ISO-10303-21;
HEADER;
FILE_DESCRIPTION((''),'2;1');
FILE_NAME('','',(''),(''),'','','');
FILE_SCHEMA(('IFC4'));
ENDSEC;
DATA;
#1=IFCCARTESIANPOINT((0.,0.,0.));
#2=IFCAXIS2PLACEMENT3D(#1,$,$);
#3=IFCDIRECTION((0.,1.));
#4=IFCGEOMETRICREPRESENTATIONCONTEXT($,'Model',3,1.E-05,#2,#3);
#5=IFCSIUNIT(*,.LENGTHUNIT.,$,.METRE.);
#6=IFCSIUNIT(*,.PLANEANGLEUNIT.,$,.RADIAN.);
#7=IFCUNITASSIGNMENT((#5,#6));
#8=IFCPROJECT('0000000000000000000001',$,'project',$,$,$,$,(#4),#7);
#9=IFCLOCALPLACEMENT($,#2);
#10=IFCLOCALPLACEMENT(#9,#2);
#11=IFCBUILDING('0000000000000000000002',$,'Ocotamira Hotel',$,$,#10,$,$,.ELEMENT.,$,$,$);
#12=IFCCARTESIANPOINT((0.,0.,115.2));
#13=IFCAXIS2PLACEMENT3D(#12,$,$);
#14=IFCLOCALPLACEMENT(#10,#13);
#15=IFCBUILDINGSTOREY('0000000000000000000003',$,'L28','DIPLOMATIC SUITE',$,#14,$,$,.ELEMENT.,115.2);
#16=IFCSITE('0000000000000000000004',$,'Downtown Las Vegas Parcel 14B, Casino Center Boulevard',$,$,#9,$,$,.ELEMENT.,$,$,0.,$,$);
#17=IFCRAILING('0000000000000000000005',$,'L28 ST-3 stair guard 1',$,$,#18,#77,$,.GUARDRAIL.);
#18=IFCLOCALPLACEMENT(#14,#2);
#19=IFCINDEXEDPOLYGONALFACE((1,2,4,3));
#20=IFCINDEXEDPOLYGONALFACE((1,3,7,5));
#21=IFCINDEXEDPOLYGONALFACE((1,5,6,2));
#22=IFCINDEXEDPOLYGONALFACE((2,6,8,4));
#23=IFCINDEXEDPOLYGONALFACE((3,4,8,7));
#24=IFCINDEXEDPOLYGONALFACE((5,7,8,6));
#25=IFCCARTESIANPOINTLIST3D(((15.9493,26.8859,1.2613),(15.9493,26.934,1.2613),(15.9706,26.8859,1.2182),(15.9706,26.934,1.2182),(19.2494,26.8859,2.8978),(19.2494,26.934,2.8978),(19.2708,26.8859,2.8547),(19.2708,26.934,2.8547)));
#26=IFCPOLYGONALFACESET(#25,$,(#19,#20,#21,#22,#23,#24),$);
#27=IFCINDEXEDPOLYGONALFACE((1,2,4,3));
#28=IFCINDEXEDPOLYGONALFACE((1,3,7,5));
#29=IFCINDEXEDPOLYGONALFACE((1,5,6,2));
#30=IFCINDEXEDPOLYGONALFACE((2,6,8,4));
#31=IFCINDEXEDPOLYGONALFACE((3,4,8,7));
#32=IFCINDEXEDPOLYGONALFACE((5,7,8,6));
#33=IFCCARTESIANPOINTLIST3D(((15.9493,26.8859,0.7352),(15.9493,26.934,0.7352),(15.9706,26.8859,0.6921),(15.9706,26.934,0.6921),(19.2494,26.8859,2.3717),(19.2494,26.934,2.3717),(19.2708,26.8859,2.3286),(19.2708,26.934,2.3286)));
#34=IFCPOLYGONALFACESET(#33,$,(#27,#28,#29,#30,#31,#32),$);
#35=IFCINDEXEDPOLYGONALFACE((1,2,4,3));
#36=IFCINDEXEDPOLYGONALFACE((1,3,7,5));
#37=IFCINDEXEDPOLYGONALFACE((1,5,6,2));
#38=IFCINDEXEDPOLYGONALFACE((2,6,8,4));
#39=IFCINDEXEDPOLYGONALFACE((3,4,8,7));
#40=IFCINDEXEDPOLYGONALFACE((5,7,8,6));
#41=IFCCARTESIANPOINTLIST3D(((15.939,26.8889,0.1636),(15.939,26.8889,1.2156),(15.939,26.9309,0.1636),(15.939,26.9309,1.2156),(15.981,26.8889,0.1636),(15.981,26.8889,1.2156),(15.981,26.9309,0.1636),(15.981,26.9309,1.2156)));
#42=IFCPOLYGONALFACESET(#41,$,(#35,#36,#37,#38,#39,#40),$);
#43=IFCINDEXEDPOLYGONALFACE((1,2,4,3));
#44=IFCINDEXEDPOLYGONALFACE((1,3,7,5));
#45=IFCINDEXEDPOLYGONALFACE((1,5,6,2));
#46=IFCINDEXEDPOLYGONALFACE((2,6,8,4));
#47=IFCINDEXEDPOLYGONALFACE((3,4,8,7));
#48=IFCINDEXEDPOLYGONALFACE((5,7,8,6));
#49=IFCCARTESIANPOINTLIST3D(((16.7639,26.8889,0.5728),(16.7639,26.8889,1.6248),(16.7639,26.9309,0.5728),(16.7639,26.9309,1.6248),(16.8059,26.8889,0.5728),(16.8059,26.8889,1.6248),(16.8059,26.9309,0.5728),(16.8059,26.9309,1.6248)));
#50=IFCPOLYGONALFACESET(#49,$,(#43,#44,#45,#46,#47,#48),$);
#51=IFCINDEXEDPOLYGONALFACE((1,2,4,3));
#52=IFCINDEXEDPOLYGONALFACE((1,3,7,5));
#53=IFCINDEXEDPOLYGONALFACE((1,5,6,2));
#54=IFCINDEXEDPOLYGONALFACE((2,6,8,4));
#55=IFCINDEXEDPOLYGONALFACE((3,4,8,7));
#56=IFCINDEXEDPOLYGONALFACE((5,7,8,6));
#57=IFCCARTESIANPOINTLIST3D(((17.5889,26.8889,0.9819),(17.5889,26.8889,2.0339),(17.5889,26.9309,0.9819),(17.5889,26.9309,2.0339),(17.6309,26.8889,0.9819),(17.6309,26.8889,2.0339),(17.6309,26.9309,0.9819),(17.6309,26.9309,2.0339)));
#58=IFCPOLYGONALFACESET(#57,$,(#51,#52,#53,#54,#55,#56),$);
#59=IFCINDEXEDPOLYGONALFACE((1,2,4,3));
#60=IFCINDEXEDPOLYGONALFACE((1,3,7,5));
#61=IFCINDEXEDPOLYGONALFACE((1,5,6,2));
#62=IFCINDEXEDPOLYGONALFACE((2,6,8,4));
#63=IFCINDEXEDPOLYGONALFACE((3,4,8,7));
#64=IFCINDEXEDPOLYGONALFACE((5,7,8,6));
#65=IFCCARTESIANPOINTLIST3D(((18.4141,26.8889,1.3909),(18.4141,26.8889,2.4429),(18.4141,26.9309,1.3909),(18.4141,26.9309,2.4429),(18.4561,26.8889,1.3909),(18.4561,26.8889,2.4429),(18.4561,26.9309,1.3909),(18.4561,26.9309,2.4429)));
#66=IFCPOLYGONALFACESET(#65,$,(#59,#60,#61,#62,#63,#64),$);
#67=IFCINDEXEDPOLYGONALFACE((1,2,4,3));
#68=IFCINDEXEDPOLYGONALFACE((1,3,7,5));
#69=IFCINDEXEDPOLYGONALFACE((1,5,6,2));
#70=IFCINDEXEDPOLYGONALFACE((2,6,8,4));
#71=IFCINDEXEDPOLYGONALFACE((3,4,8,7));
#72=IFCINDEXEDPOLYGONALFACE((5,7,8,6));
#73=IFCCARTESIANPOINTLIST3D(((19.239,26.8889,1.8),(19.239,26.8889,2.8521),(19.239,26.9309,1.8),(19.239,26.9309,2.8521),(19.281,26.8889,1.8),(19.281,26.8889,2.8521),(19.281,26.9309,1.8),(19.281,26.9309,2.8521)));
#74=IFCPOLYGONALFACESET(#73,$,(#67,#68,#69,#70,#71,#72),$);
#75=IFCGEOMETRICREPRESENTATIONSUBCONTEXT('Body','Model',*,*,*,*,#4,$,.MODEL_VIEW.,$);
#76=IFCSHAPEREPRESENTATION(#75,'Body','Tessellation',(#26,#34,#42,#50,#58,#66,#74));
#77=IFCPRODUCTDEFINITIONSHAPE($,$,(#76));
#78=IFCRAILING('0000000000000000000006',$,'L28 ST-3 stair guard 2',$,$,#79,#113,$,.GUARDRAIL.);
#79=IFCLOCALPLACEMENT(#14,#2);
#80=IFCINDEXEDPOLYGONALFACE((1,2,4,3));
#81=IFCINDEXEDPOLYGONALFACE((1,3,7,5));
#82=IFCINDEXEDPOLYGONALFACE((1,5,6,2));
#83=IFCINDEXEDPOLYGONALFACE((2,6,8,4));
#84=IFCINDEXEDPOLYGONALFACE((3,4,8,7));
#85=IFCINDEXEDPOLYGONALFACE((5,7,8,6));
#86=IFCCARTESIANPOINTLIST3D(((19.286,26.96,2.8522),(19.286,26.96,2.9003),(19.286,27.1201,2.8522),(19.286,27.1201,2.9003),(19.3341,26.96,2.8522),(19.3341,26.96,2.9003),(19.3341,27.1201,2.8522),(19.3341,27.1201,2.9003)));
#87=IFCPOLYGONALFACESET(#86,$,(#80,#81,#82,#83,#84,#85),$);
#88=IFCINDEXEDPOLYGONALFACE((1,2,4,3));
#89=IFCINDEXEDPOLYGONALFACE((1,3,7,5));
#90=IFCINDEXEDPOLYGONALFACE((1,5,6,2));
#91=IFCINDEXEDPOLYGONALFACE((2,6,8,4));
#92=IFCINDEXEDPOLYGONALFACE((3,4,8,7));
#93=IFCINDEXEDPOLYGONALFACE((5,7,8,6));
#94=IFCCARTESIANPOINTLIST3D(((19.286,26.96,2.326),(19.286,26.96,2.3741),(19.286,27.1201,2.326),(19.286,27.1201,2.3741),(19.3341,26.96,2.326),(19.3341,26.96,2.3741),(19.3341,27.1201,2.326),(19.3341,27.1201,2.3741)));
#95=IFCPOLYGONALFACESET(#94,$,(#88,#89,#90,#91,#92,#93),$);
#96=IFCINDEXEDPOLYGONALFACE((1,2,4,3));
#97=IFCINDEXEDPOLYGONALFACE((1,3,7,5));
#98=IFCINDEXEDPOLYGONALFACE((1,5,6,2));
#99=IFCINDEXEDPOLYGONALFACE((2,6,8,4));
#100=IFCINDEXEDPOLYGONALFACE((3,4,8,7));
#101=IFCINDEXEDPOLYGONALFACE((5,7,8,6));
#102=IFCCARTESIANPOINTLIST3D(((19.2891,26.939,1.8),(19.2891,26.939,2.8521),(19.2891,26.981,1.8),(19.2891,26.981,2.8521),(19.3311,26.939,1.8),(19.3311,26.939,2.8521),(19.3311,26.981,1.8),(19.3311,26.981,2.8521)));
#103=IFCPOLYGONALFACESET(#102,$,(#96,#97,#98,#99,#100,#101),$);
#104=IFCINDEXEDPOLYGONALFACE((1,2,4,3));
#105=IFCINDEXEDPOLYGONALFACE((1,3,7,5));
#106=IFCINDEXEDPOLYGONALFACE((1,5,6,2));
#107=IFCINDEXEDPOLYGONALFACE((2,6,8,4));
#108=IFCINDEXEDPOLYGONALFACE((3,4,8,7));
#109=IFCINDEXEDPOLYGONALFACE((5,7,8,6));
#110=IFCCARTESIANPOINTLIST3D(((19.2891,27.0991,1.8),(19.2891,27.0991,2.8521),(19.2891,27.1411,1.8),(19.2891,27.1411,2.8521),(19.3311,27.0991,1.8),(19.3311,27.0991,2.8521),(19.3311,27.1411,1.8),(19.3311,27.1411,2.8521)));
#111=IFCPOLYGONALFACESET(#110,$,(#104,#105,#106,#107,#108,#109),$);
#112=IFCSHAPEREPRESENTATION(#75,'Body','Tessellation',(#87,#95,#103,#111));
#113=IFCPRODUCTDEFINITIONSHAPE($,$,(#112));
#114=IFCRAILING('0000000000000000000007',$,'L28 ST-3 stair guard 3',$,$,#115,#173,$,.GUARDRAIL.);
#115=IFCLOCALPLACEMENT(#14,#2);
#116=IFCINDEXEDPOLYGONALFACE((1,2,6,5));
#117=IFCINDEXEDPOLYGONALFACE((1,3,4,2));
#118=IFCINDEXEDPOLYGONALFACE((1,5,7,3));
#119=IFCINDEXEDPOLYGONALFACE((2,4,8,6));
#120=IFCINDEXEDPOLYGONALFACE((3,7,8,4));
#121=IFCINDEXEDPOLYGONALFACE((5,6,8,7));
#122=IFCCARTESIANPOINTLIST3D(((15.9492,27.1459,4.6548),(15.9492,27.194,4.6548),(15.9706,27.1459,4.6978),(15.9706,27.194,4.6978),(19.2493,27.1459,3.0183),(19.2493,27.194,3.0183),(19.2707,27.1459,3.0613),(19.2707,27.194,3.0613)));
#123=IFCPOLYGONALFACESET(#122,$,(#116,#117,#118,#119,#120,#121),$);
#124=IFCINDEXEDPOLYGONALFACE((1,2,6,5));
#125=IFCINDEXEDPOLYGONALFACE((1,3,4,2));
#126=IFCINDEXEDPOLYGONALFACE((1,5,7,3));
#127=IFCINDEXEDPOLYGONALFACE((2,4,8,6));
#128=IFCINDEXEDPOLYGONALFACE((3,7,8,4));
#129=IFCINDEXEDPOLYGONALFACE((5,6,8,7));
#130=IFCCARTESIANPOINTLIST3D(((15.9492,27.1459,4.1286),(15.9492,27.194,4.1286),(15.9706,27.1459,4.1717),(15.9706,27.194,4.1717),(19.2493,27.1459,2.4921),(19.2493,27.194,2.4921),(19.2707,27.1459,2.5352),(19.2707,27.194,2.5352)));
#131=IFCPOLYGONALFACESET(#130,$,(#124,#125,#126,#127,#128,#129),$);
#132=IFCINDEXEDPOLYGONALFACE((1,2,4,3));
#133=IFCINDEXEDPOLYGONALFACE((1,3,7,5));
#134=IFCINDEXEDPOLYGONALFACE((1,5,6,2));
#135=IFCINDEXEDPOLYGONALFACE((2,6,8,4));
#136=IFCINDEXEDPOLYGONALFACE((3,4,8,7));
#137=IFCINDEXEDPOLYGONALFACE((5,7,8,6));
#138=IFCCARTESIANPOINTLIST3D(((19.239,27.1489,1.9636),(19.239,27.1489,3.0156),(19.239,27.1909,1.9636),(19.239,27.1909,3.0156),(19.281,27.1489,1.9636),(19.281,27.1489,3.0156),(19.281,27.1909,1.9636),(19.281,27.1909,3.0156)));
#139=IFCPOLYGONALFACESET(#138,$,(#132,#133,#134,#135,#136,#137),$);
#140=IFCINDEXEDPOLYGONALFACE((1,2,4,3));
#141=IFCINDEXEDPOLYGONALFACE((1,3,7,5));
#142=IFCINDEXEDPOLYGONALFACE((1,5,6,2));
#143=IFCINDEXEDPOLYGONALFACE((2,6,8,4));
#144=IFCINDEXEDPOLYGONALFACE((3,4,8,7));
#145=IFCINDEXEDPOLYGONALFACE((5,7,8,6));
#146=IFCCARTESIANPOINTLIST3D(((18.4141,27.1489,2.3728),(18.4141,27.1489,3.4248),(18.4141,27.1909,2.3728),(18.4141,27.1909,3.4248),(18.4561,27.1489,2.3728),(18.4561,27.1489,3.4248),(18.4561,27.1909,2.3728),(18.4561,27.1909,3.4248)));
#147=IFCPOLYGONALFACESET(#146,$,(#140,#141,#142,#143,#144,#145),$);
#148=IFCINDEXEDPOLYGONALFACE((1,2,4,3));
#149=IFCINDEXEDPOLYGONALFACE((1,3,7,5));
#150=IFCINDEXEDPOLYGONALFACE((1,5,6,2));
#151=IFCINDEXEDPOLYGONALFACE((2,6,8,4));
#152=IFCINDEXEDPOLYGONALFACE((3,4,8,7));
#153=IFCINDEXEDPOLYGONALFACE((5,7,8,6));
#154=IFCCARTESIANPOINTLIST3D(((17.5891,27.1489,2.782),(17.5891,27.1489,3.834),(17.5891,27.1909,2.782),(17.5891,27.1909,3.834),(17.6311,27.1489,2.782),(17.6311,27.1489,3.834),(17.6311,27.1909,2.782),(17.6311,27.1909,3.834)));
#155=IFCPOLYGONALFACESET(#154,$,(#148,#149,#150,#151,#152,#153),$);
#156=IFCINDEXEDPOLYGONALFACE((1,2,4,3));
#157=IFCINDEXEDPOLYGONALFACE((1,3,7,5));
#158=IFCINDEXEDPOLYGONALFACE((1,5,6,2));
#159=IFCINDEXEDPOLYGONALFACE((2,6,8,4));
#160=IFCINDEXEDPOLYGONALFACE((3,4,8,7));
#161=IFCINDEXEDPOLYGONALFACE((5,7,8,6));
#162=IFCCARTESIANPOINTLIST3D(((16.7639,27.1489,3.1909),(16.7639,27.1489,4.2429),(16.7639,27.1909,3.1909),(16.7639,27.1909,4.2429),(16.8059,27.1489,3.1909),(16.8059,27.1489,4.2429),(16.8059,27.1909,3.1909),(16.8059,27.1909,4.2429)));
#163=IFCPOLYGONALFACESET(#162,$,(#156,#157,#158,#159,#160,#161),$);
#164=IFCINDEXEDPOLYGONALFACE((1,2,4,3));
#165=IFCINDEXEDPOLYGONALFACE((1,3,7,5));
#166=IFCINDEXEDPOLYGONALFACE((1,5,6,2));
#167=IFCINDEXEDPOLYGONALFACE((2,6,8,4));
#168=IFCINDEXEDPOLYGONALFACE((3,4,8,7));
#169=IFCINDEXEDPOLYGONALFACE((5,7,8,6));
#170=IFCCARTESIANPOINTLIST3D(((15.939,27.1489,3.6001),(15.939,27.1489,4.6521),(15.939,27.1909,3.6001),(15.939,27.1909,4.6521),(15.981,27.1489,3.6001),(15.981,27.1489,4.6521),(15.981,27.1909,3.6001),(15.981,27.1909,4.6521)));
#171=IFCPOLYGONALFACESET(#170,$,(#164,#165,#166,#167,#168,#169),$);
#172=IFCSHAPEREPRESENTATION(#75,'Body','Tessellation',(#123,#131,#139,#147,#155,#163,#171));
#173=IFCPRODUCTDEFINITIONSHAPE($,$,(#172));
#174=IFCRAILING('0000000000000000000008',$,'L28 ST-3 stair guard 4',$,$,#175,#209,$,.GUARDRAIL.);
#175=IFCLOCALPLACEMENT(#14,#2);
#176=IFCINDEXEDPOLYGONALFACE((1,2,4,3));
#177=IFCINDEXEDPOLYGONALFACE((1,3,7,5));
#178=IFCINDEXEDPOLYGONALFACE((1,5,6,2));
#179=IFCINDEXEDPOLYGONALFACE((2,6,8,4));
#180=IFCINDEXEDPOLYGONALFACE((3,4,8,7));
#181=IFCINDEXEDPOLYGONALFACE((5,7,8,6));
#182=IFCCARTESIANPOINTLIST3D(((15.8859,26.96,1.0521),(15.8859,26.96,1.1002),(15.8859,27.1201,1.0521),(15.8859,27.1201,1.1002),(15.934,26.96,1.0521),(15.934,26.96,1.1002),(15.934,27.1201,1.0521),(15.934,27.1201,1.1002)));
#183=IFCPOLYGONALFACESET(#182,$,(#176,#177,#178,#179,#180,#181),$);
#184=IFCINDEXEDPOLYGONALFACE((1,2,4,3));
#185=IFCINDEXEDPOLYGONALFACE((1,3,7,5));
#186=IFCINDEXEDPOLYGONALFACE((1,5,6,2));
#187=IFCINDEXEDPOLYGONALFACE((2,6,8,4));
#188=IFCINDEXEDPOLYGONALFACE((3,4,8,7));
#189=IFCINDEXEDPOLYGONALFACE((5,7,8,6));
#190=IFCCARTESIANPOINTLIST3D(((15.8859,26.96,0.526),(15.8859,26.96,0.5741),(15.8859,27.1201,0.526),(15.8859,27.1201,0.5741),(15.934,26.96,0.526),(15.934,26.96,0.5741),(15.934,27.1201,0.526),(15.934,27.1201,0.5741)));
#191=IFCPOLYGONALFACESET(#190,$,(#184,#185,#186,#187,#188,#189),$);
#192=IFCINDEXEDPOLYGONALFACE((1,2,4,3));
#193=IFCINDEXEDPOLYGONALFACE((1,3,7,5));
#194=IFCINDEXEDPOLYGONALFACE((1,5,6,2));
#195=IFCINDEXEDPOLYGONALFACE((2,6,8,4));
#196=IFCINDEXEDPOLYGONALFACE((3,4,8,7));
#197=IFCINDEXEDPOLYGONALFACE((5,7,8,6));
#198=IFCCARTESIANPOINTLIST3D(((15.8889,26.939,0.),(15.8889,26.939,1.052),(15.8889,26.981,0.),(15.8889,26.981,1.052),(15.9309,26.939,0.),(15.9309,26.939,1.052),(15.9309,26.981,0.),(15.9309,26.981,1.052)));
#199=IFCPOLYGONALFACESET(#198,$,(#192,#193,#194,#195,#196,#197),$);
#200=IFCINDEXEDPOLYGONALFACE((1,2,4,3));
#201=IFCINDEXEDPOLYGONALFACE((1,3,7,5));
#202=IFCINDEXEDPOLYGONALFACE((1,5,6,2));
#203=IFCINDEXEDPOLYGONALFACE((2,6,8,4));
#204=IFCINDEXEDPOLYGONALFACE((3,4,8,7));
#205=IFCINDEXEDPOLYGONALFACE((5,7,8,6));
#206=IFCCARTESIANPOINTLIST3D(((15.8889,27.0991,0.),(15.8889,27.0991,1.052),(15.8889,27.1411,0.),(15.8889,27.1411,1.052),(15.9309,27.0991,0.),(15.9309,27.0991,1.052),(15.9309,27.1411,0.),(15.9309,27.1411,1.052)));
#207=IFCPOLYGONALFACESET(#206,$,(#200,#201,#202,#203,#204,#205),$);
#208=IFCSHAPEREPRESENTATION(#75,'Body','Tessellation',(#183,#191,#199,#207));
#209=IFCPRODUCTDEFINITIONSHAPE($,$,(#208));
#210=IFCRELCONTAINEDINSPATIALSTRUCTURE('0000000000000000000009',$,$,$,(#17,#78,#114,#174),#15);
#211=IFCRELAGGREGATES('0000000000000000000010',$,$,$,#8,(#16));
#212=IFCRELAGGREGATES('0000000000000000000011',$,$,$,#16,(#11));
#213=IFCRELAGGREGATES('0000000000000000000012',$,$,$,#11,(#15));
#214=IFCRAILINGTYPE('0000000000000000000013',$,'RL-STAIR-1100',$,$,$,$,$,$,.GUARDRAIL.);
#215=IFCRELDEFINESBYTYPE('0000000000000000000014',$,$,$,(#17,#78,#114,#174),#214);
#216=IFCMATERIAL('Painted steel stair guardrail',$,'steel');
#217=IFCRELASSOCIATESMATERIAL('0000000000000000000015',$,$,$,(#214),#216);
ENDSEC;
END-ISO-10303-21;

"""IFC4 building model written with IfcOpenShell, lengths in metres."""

from ifc_helpers import new_model, si_unit, direction, frame, origin, origin_2d, place, context, subcontext, project, spatial, rectangle, extrude, material, type_object, element, save


model = new_model("IFC4")

# Units and contexts
model_context = context("Model", 3, precision=1e-05, world=origin(), true_north=direction((0.0, 1.0)))
body_context = subcontext(model_context, "Body", "Model", "MODEL_VIEW")
ifc_project = project(units=[si_unit("LENGTHUNIT", "METRE"), si_unit("PLANEANGLEUNIT", "RADIAN")], contexts=[model_context])

# Site, building, storey
site_placement = place(None, origin())
site = spatial("IfcSite", under=ifc_project, at=site_placement, Name="Downtown Las Vegas Parcel 14B, Casino Center Boulevard", CompositionType="ELEMENT", RefElevation=0.0)
building_placement = place(site_placement, origin())
building = spatial("IfcBuilding", under=site, at=building_placement, Name="Ocotamira Hotel", CompositionType="ELEMENT")
storey_placement = place(building_placement, frame((0.0, 0.0, 115.2)))
storey = spatial("IfcBuildingStorey", under=building, at=storey_placement, Name="L28", Description="DIPLOMATIC SUITE", CompositionType="ELEMENT", Elevation=115.2)

# Railings
ifc_material_1 = material(Name="Painted steel stair guardrail", Category="steel")
railing_type_1 = type_object("IfcRailingType", Name="RL-STAIR-1100", PredefinedType="GUARDRAIL", material=ifc_material_1)
railing_1_placement = place(storey_placement, frame((15.96, 26.9099, 0.1636)))
element("IfcRailing", 1, at=railing_1_placement, inside=storey, type_object=railing_type_1, Name="L28 ST-3 stair guard 1", PredefinedType="GUARDRAIL", context=body_context, shape_type="SweptSolid", body=[
    extrude(rectangle(XDim=0.0481, YDim=0.0481, at=origin_2d()), frame((0.0, 0.0, 1.0762), z_axis=(0.895894, 0.0, 0.444268), x_axis=(0.0, 1.0, 0.0)), (0.0, 0.0, 1.0), 3.6836),
    extrude(rectangle(XDim=0.0481, YDim=0.0481, at=origin_2d()), frame((0.0, 0.0, 0.55), z_axis=(0.895894, 0.0, 0.444268), x_axis=(0.0, 1.0, 0.0)), (0.0, 0.0, 1.0), 3.6836),
    extrude(rectangle(XDim=0.042, YDim=0.042, at=origin_2d()), origin(), (0.0, 0.0, 1.0), 1.052),
    extrude(rectangle(XDim=0.042, YDim=0.042, at=origin_2d()), frame((0.825, 0.0, 0.4092)), (0.0, 0.0, 1.0), 1.052),
    extrude(rectangle(XDim=0.042, YDim=0.042, at=origin_2d()), frame((1.6499, 0.0, 0.8184)), (0.0, 0.0, 1.0), 1.052),
    extrude(rectangle(XDim=0.042, YDim=0.042, at=origin_2d()), frame((2.4751, 0.0, 1.2273)), (0.0, 0.0, 1.0), 1.052),
    extrude(rectangle(XDim=0.042, YDim=0.042, at=origin_2d()), frame((3.3, 0.0, 1.6365)), (0.0, 0.0, 1.0), 1.052),
])
railing_2_placement = place(storey_placement, frame((19.3101, 26.96, 1.8)))
element("IfcRailing", 2, at=railing_2_placement, inside=storey, type_object=railing_type_1, Name="L28 ST-3 stair guard 2", PredefinedType="GUARDRAIL", context=body_context, shape_type="SweptSolid", body=[
    extrude(rectangle(XDim=0.0481, YDim=0.0481, at=origin_2d()), frame((0.0, 0.0, 1.0762), z_axis=(0.0, 1.0, 0.0), x_axis=(-1.0, 0.0, 0.0)), (0.0, 0.0, 1.0), 0.1602),
    extrude(rectangle(XDim=0.0481, YDim=0.0481, at=origin_2d()), frame((0.0, 0.0, 0.55), z_axis=(0.0, 1.0, 0.0), x_axis=(-1.0, 0.0, 0.0)), (0.0, 0.0, 1.0), 0.1602),
    extrude(rectangle(XDim=0.042, YDim=0.042, at=origin_2d()), origin(), (0.0, 0.0, 1.0), 1.052),
    extrude(rectangle(XDim=0.042, YDim=0.042, at=origin_2d()), frame((0.0, 0.1602, 0.0)), (0.0, 0.0, 1.0), 1.052),
])
railing_3_placement = place(storey_placement, frame((19.26, 27.1699, 1.9636)))
element("IfcRailing", 3, at=railing_3_placement, inside=storey, type_object=railing_type_1, Name="L28 ST-3 stair guard 3", PredefinedType="GUARDRAIL", context=body_context, shape_type="SweptSolid", body=[
    extrude(rectangle(XDim=0.0481, YDim=0.0481, at=origin_2d()), frame((0.0, 0.0, 1.0762), z_axis=(-0.895894, 0.0, 0.444268), x_axis=(0.0, -1.0, 0.0)), (0.0, 0.0, 1.0), 3.6836),
    extrude(rectangle(XDim=0.0481, YDim=0.0481, at=origin_2d()), frame((0.0, 0.0, 0.55), z_axis=(-0.895894, 0.0, 0.444268), x_axis=(0.0, -1.0, 0.0)), (0.0, 0.0, 1.0), 3.6836),
    extrude(rectangle(XDim=0.042, YDim=0.042, at=origin_2d()), origin(), (0.0, 0.0, 1.0), 1.052),
    extrude(rectangle(XDim=0.042, YDim=0.042, at=origin_2d()), frame((-0.825, 0.0, 0.4092)), (0.0, 0.0, 1.0), 1.052),
    extrude(rectangle(XDim=0.042, YDim=0.042, at=origin_2d()), frame((-1.6499, 0.0, 0.8184)), (0.0, 0.0, 1.0), 1.052),
    extrude(rectangle(XDim=0.042, YDim=0.042, at=origin_2d()), frame((-2.4751, 0.0, 1.2273)), (0.0, 0.0, 1.0), 1.052),
    extrude(rectangle(XDim=0.042, YDim=0.042, at=origin_2d()), frame((-3.3, 0.0, 1.6365)), (0.0, 0.0, 1.0), 1.052),
])
railing_4_placement = place(storey_placement, frame((15.9099, 26.96, 0.0)))
element("IfcRailing", 4, at=railing_4_placement, inside=storey, type_object=railing_type_1, Name="L28 ST-3 stair guard 4", PredefinedType="GUARDRAIL", context=body_context, shape_type="SweptSolid", body=[
    extrude(rectangle(XDim=0.0481, YDim=0.0481, at=origin_2d()), frame((0.0, 0.0, 1.0762), z_axis=(0.0, 1.0, 0.0), x_axis=(-1.0, 0.0, 0.0)), (0.0, 0.0, 1.0), 0.1602),
    extrude(rectangle(XDim=0.0481, YDim=0.0481, at=origin_2d()), frame((0.0, 0.0, 0.55), z_axis=(0.0, 1.0, 0.0), x_axis=(-1.0, 0.0, 0.0)), (0.0, 0.0, 1.0), 0.1602),
    extrude(rectangle(XDim=0.042, YDim=0.042, at=origin_2d()), origin(), (0.0, 0.0, 1.0), 1.052),
    extrude(rectangle(XDim=0.042, YDim=0.042, at=origin_2d()), frame((0.0, 0.1602, 0.0)), (0.0, 0.0, 1.0), 1.052),
])

save(model, "model.ifc")
